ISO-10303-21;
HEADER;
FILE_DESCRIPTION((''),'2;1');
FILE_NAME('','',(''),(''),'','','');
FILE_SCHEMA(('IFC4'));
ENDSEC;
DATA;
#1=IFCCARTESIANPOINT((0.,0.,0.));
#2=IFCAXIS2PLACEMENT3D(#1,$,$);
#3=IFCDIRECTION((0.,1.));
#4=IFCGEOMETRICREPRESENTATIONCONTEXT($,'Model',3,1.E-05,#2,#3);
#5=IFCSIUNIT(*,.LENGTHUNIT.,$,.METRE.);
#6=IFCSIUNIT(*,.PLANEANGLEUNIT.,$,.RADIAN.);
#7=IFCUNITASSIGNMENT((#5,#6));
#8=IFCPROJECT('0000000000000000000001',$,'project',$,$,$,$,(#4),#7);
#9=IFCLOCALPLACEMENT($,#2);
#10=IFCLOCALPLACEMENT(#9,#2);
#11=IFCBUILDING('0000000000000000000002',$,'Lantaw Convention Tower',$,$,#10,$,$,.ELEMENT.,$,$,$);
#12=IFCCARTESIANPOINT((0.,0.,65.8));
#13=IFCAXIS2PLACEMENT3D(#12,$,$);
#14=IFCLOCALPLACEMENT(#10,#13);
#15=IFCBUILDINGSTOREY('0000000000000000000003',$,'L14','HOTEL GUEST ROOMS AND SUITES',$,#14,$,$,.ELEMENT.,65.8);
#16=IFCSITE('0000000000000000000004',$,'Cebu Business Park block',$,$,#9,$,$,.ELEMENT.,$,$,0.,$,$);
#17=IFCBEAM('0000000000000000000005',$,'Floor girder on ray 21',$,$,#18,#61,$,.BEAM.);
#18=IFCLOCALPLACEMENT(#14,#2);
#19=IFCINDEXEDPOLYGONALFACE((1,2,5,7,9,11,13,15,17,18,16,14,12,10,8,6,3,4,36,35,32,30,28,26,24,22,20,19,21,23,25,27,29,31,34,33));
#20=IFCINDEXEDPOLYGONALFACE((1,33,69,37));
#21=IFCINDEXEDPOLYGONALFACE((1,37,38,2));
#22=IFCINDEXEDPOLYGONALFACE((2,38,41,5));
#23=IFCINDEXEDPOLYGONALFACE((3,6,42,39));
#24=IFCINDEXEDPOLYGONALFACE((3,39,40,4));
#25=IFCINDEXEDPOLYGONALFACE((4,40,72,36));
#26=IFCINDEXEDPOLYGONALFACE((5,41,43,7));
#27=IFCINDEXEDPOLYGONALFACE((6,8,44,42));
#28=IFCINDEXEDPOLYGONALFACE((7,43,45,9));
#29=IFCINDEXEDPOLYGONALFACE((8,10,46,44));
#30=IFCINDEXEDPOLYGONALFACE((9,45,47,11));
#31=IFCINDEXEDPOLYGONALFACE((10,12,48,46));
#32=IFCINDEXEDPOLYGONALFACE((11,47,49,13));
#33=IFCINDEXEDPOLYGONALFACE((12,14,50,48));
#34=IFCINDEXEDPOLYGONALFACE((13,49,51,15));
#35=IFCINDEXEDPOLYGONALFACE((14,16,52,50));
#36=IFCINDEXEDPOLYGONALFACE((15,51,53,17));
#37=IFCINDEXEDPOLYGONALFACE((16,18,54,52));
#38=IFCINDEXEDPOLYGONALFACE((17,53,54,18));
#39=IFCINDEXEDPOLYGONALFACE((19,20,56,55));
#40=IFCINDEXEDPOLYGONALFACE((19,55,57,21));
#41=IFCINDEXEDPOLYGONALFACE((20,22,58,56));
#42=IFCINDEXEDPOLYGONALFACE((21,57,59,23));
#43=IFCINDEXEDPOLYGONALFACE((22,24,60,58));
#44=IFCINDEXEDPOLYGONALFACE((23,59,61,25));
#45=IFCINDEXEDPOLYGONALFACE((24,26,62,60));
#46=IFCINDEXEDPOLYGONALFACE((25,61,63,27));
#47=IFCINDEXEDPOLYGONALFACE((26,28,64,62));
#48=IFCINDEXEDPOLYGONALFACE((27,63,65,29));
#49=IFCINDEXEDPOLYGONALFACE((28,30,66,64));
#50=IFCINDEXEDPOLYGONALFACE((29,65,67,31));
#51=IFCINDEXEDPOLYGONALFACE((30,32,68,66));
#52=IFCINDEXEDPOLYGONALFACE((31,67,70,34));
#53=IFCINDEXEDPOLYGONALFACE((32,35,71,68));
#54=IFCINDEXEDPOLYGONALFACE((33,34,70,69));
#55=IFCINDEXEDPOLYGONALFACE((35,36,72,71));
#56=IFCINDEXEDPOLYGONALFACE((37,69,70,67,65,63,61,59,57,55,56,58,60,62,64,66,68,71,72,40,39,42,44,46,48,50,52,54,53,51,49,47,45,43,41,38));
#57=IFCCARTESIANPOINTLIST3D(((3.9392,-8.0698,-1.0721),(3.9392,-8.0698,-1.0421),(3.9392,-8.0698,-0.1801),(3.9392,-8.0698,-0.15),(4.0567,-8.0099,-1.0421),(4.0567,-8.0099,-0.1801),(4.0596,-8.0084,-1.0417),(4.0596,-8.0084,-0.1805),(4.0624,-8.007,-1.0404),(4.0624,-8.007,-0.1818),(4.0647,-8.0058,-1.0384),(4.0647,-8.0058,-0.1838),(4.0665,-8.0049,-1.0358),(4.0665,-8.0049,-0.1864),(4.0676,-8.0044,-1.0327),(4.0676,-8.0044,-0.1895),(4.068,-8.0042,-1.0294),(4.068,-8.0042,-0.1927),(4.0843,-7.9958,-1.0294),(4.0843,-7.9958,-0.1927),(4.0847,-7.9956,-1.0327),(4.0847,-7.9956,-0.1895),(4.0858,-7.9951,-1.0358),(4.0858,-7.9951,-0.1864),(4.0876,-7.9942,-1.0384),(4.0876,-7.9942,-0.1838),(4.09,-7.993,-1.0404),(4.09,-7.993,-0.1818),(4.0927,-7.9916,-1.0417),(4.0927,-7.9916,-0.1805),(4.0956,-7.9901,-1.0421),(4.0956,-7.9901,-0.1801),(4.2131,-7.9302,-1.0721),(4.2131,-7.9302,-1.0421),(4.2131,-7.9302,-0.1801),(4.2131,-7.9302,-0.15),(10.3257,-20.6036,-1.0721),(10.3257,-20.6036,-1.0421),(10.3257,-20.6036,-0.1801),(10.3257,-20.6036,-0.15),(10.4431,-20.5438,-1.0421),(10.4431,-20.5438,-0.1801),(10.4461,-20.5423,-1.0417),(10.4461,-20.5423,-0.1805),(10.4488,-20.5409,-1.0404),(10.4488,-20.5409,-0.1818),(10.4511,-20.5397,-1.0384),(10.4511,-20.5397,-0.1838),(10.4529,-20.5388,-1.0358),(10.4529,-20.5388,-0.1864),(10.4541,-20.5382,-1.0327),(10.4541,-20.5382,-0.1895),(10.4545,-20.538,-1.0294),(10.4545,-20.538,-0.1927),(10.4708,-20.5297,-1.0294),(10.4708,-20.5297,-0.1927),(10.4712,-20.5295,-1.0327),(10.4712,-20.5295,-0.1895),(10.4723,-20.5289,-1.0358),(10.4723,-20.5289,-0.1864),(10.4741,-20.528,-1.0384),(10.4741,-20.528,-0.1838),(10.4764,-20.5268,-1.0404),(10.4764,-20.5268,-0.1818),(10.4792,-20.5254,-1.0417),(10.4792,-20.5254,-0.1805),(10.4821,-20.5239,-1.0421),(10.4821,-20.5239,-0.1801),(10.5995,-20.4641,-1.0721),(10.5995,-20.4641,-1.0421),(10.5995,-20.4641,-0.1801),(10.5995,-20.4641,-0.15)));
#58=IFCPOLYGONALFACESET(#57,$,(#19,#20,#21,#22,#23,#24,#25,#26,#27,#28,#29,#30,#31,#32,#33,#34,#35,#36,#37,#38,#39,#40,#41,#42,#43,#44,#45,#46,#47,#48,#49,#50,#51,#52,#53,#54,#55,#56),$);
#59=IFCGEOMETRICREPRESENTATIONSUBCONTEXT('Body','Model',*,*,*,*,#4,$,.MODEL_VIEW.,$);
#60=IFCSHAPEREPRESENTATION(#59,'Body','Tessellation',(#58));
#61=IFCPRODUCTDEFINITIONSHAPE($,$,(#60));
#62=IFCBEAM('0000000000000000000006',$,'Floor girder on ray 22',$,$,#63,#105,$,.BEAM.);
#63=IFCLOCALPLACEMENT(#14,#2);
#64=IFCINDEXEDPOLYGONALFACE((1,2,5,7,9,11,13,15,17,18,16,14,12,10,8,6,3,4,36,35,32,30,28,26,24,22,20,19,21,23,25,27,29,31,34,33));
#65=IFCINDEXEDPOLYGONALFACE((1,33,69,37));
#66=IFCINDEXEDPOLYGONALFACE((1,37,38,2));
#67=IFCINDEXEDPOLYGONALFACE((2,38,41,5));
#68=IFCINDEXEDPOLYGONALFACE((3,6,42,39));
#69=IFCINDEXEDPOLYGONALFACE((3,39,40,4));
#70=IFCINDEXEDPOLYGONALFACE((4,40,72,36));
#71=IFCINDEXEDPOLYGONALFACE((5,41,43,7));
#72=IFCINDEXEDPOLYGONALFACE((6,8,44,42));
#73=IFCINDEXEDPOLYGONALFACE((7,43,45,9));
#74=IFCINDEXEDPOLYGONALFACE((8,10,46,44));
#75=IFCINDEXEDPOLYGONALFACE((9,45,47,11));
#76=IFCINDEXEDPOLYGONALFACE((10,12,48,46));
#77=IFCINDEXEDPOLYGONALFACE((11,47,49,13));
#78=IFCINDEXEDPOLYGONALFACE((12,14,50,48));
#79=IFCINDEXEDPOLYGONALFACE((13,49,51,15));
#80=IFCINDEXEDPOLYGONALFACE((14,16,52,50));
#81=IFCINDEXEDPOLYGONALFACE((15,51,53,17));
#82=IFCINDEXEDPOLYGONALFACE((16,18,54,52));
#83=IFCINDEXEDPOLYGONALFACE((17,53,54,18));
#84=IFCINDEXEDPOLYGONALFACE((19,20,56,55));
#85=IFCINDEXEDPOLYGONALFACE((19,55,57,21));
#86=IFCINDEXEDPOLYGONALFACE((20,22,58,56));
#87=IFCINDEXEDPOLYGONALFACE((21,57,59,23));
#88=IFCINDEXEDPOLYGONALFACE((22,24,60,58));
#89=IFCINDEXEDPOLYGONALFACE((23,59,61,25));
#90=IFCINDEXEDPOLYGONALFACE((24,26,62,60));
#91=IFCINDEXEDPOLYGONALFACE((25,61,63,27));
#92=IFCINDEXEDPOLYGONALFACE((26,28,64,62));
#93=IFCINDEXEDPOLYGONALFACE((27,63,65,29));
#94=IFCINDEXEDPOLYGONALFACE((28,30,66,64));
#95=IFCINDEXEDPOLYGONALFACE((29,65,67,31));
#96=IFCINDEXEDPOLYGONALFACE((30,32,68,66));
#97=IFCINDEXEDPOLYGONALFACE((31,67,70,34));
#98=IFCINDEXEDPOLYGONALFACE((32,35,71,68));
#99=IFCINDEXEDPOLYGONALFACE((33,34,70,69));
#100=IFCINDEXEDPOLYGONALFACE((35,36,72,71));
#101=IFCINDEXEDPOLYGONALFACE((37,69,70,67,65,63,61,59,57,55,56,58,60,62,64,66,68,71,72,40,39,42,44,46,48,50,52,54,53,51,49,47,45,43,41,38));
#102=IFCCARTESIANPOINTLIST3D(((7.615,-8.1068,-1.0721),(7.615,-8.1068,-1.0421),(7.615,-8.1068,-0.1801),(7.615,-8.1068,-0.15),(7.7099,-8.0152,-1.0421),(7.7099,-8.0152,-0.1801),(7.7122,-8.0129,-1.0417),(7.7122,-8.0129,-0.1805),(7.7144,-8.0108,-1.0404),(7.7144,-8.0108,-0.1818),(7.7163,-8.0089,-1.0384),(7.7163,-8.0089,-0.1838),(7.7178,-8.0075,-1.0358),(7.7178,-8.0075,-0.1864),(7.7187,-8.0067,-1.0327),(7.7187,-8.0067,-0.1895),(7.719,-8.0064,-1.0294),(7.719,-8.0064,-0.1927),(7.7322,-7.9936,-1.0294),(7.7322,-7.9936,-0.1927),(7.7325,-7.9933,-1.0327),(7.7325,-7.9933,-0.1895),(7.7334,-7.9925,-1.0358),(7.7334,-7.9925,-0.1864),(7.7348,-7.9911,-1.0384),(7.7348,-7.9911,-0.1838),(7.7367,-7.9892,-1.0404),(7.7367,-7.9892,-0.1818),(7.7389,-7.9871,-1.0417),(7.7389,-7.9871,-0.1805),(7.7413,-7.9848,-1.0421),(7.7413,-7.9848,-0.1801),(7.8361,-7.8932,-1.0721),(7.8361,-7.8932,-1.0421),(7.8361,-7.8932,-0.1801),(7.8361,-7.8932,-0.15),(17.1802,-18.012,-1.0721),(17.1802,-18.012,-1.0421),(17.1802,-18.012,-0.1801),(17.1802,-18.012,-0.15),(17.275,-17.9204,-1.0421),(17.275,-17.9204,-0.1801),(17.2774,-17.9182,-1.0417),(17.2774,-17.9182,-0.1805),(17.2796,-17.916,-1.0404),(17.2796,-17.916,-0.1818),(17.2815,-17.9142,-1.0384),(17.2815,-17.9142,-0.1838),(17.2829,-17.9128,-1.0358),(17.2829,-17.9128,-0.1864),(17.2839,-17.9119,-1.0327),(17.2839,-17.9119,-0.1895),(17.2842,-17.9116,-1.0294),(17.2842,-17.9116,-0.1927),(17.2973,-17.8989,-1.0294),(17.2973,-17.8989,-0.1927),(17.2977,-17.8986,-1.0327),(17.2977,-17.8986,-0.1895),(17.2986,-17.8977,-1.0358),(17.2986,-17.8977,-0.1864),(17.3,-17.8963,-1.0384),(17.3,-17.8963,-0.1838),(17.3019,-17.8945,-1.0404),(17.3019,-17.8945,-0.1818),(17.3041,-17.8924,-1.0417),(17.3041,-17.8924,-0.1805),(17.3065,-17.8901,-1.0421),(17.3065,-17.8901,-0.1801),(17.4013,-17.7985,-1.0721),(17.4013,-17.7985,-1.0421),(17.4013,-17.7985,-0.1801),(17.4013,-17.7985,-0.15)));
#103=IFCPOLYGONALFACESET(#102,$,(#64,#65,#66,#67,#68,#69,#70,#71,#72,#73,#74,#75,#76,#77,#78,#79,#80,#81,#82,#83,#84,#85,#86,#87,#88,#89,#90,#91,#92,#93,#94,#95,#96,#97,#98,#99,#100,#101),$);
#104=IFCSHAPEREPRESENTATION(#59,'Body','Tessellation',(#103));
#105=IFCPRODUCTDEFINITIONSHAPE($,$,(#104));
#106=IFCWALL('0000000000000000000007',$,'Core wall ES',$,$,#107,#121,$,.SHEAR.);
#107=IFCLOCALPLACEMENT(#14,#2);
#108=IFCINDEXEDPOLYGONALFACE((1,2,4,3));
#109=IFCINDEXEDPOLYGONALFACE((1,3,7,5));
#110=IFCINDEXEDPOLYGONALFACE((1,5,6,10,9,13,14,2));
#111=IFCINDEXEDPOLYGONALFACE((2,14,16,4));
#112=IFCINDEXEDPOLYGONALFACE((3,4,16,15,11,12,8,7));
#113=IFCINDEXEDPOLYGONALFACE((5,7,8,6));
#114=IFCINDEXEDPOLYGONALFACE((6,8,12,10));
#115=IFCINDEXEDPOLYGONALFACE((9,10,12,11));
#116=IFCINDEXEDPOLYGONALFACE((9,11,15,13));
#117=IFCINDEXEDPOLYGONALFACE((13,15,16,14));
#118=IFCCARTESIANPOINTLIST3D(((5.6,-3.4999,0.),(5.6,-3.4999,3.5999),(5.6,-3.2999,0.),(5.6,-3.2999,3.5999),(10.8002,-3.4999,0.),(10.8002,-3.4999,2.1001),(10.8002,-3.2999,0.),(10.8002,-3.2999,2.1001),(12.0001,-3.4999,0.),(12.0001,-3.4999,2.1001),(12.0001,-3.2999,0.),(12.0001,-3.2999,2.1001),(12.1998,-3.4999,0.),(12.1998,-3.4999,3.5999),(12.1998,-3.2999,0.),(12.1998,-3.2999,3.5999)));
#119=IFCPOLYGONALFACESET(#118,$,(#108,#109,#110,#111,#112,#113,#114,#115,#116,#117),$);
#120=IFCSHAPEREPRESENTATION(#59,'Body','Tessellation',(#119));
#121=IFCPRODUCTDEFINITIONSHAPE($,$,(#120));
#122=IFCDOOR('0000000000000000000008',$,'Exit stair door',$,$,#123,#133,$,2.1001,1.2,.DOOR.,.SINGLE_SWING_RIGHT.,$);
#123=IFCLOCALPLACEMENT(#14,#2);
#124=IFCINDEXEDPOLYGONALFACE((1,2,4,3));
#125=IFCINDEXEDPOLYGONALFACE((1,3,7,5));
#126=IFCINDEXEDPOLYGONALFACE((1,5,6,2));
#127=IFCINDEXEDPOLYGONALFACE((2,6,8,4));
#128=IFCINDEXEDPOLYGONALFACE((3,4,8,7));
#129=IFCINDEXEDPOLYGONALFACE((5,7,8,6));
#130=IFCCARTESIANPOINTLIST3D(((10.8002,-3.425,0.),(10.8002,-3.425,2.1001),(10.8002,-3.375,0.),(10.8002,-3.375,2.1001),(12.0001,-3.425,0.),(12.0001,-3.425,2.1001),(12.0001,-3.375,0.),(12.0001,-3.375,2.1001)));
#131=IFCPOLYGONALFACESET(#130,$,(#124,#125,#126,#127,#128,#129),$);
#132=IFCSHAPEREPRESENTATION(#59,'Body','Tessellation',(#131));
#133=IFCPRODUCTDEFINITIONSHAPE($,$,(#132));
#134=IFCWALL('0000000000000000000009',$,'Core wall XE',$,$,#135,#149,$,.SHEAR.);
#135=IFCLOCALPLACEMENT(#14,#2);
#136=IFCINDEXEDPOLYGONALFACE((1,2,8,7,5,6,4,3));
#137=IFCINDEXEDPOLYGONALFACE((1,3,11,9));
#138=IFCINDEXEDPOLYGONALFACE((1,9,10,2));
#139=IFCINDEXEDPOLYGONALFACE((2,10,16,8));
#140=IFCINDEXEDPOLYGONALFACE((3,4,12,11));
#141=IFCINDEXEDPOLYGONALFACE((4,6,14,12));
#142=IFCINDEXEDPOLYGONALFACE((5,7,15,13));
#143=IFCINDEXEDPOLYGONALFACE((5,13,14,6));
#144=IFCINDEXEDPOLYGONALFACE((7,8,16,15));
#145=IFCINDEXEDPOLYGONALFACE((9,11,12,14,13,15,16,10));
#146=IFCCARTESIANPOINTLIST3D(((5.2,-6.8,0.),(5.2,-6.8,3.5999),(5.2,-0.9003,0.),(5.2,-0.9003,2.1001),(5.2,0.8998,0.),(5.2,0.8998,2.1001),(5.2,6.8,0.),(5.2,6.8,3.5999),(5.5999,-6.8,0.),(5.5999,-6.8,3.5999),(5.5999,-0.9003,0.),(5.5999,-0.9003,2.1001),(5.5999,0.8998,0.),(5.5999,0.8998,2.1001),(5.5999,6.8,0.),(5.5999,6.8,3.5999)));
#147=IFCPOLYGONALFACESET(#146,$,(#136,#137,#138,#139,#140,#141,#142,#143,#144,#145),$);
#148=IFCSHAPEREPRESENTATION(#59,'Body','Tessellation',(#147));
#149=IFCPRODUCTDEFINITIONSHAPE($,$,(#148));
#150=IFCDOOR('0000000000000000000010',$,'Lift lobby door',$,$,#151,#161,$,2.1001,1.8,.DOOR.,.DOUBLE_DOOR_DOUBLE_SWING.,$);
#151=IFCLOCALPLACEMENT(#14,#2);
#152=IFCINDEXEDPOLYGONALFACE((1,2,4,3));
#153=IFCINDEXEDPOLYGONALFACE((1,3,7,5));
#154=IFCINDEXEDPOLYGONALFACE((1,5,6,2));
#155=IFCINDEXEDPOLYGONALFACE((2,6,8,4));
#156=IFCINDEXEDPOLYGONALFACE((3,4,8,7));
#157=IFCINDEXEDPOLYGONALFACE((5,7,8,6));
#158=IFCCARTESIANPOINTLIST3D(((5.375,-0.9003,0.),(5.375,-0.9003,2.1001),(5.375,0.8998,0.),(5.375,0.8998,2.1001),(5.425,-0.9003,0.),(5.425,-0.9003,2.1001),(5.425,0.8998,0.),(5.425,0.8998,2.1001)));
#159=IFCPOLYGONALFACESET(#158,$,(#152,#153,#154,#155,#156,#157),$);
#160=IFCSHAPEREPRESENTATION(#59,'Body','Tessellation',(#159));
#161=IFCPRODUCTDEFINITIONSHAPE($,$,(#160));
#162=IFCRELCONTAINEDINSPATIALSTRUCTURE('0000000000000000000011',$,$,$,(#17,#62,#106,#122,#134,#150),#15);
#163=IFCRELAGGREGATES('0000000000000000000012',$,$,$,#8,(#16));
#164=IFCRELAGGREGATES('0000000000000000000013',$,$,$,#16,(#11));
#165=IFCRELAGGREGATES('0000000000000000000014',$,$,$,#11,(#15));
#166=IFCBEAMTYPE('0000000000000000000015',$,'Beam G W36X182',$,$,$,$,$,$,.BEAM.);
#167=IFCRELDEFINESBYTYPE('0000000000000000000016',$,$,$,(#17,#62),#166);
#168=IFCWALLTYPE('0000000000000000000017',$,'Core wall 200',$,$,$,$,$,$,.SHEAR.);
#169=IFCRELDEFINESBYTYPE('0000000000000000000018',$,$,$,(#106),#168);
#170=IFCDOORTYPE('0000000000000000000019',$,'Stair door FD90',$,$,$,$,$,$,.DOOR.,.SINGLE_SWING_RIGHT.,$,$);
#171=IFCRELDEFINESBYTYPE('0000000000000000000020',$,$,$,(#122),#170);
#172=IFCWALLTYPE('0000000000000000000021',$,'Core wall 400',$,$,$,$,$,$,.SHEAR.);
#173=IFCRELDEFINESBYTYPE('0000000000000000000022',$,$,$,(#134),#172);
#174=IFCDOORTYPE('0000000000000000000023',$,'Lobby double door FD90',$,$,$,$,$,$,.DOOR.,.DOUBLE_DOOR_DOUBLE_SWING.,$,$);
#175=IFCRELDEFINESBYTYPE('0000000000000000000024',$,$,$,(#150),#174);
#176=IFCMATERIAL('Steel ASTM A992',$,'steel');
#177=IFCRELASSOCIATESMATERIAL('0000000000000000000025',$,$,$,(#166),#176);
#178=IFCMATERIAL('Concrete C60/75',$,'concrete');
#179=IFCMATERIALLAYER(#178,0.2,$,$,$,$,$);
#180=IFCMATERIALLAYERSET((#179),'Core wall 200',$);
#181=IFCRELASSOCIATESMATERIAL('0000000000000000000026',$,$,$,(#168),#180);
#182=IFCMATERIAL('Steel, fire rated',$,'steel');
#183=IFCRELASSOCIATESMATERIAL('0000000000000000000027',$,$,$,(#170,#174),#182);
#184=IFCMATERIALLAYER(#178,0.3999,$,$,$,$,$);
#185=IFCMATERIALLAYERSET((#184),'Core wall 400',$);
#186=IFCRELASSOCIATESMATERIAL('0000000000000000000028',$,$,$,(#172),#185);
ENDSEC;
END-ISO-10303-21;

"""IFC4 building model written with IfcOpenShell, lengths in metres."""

from ifc_helpers import new_model, si_unit, direction, frame, frame_2d, origin, origin_2d, place, context, subcontext, project, spatial, rectangle, i_section, extrude, material, layer, layer_set, material_profile, profile_set, type_object, element, fill, save


model = new_model("IFC4")

# Units and contexts
model_context = context("Model", 3, precision=1e-05, world=origin(), true_north=direction((0.0, 1.0)))
body_context = subcontext(model_context, "Body", "Model", "MODEL_VIEW")
ifc_project = project(units=[si_unit("LENGTHUNIT", "METRE"), si_unit("PLANEANGLEUNIT", "RADIAN")], contexts=[model_context])

# Site, building, storey
site_placement = place(None, origin())
site = spatial("IfcSite", under=ifc_project, at=site_placement, Name="Cebu Business Park block", CompositionType="ELEMENT", RefElevation=0.0)
building_placement = place(site_placement, origin())
building = spatial("IfcBuilding", under=site, at=building_placement, Name="Lantaw Convention Tower", CompositionType="ELEMENT")
storey_placement = place(building_placement, frame((0.0, 0.0, 65.8)))
storey = spatial("IfcBuildingStorey", under=building, at=storey_placement, Name="L14", Description="HOTEL GUEST ROOMS AND SUITES", CompositionType="ELEMENT", Elevation=65.8)

# Beams
ifc_material_1 = material(Name="Steel ASTM A992", Category="steel")
ifc_material_profile = material_profile(ifc_material_1, i_section(OverallWidth=0.3074, OverallDepth=0.9221, WebThickness=0.0183, FlangeThickness=0.03, FilletRadius=0.0127, at=origin_2d()), Name="W36X182")
ifc_profile_set = profile_set([ifc_material_profile], Name="Steel ASTM A992")
beam_type = type_object("IfcBeamType", Name="Beam G W36X182", PredefinedType="BEAM", material=ifc_profile_set)
beam_1_placement = place(storey_placement, frame((4.0762, -8.0, -0.6111), z_axis=(0.453997, -0.891003, 0.0), x_axis=(0.891003, 0.453997, 0.0)))
element("IfcBeam", 1, at=beam_1_placement, inside=storey, type_object=beam_type, Name="Floor girder on ray 21", PredefinedType="BEAM", context=body_context, shape_type="SweptSolid", body=[
    extrude(i_section(OverallWidth=0.3074, OverallDepth=0.9221, WebThickness=0.0183, FlangeThickness=0.03, FilletRadius=0.0127, at=origin_2d()), origin(), (0.0, 0.0, 1.0), 14.0671),
])
beam_2_placement = place(storey_placement, frame((7.7256, -8.0, -0.6111), z_axis=(0.69465, -0.719348, 0.0), x_axis=(0.719348, 0.69465, 0.0)))
element("IfcBeam", 2, at=beam_2_placement, inside=storey, type_object=beam_type, Name="Floor girder on ray 22", PredefinedType="BEAM", context=body_context, shape_type="SweptSolid", body=[
    extrude(i_section(OverallWidth=0.3074, OverallDepth=0.9221, WebThickness=0.0183, FlangeThickness=0.03, FilletRadius=0.0127, at=origin_2d()), origin(), (0.0, 0.0, 1.0), 13.7698),
])

# Walls, openings, doors
ifc_material_2 = material(Name="Concrete C60/75", Category="concrete")
ifc_layer_1 = layer(ifc_material_2, 0.2)
ifc_layer_set_1 = layer_set([ifc_layer_1], Name="Core wall 200")
wall_type_1 = type_object("IfcWallType", Name="Core wall 200", PredefinedType="SHEAR", material=ifc_layer_set_1)
wall_1_placement = place(storey_placement, frame((5.6001, -3.3999, 0.0), z_axis=(0.0, 0.0, 1.0), x_axis=(1.0, 0.0, 0.0)))
wall_1 = element("IfcWall", 3, at=wall_1_placement, inside=storey, type_object=wall_type_1, Name="Core wall ES", PredefinedType="SHEAR", context=body_context, shape_type="SweptSolid", body=[
    extrude(rectangle(XDim=6.5999, YDim=0.2, at=frame_2d((3.2998, 0.0))), origin(), (0.0, 0.0, 1.0), 3.5999),
])
opening_1_placement = place(wall_1_placement, frame((5.2, 0.0, 0.0)))
opening_1 = element("IfcOpeningElement", 4, at=opening_1_placement, cuts=wall_1, PredefinedType="OPENING", context=body_context, shape_type="SweptSolid", body=[
    extrude(rectangle(XDim=1.2, YDim=2.1001, at=frame_2d((0.6001, 1.05))), frame((0.0, 0.1099, 0.0), z_axis=(0.0, -1.0, 0.0), x_axis=(1.0, 0.0, 0.0)), (0.0, 0.0, 1.0), 0.22),
])
ifc_material_3 = material(Name="Steel, fire rated", Category="steel")
door_type_1 = type_object("IfcDoorType", Name="Stair door FD90", OperationType="SINGLE_SWING_RIGHT", PredefinedType="DOOR", material=ifc_material_3)
door_1_placement = place(opening_1_placement, origin())
door_1 = element("IfcDoor", 5, at=door_1_placement, inside=storey, type_object=door_type_1, Name="Exit stair door", OperationType="SINGLE_SWING_RIGHT", OverallHeight=2.1001, OverallWidth=1.2, PredefinedType="DOOR", context=body_context, shape_type="SweptSolid", body=[
    extrude(rectangle(XDim=1.2, YDim=2.1001, at=frame_2d((0.6001, 1.05))), frame((0.0, 0.0249, 0.0), z_axis=(0.0, -1.0, 0.0), x_axis=(1.0, 0.0, 0.0)), (0.0, 0.0, 1.0), 0.05),
])
fill(opening_1, door_1)
ifc_layer_2 = layer(ifc_material_2, 0.3999)
ifc_layer_set_2 = layer_set([ifc_layer_2], Name="Core wall 400")
wall_type_2 = type_object("IfcWallType", Name="Core wall 400", PredefinedType="SHEAR", material=ifc_layer_set_2)
wall_2_placement = place(storey_placement, frame((5.3999, -6.8, 0.0), z_axis=(0.0, 0.0, 1.0), x_axis=(0.0, 1.0, 0.0)))
wall_2 = element("IfcWall", 6, at=wall_2_placement, inside=storey, type_object=wall_type_2, Name="Core wall XE", PredefinedType="SHEAR", context=body_context, shape_type="SweptSolid", body=[
    extrude(rectangle(XDim=13.6001, YDim=0.3999, at=frame_2d((6.8, 0.0))), origin(), (0.0, 0.0, 1.0), 3.5999),
])
opening_2_placement = place(wall_2_placement, frame((5.8999, 0.0, 0.0)))
opening_2 = element("IfcOpeningElement", 7, at=opening_2_placement, cuts=wall_2, PredefinedType="OPENING", context=body_context, shape_type="SweptSolid", body=[
    extrude(rectangle(XDim=1.8, YDim=2.1001, at=frame_2d((0.8999, 1.05))), frame((0.0, 0.21, 0.0), z_axis=(0.0, -1.0, 0.0), x_axis=(1.0, 0.0, 0.0)), (0.0, 0.0, 1.0), 0.4199),
])
door_type_2 = type_object("IfcDoorType", Name="Lobby double door FD90", OperationType="DOUBLE_DOOR_DOUBLE_SWING", PredefinedType="DOOR", material=ifc_material_3)
door_2_placement = place(opening_2_placement, origin())
door_2 = element("IfcDoor", 8, at=door_2_placement, inside=storey, type_object=door_type_2, Name="Lift lobby door", OperationType="DOUBLE_DOOR_DOUBLE_SWING", OverallHeight=2.1001, OverallWidth=1.8, PredefinedType="DOOR", context=body_context, shape_type="SweptSolid", body=[
    extrude(rectangle(XDim=1.8, YDim=2.1001, at=frame_2d((0.8999, 1.05))), frame((0.0, 0.0249, 0.0), z_axis=(0.0, -1.0, 0.0), x_axis=(1.0, 0.0, 0.0)), (0.0, 0.0, 1.0), 0.05),
])
fill(opening_2, door_2)

save(model, "model.ifc")
